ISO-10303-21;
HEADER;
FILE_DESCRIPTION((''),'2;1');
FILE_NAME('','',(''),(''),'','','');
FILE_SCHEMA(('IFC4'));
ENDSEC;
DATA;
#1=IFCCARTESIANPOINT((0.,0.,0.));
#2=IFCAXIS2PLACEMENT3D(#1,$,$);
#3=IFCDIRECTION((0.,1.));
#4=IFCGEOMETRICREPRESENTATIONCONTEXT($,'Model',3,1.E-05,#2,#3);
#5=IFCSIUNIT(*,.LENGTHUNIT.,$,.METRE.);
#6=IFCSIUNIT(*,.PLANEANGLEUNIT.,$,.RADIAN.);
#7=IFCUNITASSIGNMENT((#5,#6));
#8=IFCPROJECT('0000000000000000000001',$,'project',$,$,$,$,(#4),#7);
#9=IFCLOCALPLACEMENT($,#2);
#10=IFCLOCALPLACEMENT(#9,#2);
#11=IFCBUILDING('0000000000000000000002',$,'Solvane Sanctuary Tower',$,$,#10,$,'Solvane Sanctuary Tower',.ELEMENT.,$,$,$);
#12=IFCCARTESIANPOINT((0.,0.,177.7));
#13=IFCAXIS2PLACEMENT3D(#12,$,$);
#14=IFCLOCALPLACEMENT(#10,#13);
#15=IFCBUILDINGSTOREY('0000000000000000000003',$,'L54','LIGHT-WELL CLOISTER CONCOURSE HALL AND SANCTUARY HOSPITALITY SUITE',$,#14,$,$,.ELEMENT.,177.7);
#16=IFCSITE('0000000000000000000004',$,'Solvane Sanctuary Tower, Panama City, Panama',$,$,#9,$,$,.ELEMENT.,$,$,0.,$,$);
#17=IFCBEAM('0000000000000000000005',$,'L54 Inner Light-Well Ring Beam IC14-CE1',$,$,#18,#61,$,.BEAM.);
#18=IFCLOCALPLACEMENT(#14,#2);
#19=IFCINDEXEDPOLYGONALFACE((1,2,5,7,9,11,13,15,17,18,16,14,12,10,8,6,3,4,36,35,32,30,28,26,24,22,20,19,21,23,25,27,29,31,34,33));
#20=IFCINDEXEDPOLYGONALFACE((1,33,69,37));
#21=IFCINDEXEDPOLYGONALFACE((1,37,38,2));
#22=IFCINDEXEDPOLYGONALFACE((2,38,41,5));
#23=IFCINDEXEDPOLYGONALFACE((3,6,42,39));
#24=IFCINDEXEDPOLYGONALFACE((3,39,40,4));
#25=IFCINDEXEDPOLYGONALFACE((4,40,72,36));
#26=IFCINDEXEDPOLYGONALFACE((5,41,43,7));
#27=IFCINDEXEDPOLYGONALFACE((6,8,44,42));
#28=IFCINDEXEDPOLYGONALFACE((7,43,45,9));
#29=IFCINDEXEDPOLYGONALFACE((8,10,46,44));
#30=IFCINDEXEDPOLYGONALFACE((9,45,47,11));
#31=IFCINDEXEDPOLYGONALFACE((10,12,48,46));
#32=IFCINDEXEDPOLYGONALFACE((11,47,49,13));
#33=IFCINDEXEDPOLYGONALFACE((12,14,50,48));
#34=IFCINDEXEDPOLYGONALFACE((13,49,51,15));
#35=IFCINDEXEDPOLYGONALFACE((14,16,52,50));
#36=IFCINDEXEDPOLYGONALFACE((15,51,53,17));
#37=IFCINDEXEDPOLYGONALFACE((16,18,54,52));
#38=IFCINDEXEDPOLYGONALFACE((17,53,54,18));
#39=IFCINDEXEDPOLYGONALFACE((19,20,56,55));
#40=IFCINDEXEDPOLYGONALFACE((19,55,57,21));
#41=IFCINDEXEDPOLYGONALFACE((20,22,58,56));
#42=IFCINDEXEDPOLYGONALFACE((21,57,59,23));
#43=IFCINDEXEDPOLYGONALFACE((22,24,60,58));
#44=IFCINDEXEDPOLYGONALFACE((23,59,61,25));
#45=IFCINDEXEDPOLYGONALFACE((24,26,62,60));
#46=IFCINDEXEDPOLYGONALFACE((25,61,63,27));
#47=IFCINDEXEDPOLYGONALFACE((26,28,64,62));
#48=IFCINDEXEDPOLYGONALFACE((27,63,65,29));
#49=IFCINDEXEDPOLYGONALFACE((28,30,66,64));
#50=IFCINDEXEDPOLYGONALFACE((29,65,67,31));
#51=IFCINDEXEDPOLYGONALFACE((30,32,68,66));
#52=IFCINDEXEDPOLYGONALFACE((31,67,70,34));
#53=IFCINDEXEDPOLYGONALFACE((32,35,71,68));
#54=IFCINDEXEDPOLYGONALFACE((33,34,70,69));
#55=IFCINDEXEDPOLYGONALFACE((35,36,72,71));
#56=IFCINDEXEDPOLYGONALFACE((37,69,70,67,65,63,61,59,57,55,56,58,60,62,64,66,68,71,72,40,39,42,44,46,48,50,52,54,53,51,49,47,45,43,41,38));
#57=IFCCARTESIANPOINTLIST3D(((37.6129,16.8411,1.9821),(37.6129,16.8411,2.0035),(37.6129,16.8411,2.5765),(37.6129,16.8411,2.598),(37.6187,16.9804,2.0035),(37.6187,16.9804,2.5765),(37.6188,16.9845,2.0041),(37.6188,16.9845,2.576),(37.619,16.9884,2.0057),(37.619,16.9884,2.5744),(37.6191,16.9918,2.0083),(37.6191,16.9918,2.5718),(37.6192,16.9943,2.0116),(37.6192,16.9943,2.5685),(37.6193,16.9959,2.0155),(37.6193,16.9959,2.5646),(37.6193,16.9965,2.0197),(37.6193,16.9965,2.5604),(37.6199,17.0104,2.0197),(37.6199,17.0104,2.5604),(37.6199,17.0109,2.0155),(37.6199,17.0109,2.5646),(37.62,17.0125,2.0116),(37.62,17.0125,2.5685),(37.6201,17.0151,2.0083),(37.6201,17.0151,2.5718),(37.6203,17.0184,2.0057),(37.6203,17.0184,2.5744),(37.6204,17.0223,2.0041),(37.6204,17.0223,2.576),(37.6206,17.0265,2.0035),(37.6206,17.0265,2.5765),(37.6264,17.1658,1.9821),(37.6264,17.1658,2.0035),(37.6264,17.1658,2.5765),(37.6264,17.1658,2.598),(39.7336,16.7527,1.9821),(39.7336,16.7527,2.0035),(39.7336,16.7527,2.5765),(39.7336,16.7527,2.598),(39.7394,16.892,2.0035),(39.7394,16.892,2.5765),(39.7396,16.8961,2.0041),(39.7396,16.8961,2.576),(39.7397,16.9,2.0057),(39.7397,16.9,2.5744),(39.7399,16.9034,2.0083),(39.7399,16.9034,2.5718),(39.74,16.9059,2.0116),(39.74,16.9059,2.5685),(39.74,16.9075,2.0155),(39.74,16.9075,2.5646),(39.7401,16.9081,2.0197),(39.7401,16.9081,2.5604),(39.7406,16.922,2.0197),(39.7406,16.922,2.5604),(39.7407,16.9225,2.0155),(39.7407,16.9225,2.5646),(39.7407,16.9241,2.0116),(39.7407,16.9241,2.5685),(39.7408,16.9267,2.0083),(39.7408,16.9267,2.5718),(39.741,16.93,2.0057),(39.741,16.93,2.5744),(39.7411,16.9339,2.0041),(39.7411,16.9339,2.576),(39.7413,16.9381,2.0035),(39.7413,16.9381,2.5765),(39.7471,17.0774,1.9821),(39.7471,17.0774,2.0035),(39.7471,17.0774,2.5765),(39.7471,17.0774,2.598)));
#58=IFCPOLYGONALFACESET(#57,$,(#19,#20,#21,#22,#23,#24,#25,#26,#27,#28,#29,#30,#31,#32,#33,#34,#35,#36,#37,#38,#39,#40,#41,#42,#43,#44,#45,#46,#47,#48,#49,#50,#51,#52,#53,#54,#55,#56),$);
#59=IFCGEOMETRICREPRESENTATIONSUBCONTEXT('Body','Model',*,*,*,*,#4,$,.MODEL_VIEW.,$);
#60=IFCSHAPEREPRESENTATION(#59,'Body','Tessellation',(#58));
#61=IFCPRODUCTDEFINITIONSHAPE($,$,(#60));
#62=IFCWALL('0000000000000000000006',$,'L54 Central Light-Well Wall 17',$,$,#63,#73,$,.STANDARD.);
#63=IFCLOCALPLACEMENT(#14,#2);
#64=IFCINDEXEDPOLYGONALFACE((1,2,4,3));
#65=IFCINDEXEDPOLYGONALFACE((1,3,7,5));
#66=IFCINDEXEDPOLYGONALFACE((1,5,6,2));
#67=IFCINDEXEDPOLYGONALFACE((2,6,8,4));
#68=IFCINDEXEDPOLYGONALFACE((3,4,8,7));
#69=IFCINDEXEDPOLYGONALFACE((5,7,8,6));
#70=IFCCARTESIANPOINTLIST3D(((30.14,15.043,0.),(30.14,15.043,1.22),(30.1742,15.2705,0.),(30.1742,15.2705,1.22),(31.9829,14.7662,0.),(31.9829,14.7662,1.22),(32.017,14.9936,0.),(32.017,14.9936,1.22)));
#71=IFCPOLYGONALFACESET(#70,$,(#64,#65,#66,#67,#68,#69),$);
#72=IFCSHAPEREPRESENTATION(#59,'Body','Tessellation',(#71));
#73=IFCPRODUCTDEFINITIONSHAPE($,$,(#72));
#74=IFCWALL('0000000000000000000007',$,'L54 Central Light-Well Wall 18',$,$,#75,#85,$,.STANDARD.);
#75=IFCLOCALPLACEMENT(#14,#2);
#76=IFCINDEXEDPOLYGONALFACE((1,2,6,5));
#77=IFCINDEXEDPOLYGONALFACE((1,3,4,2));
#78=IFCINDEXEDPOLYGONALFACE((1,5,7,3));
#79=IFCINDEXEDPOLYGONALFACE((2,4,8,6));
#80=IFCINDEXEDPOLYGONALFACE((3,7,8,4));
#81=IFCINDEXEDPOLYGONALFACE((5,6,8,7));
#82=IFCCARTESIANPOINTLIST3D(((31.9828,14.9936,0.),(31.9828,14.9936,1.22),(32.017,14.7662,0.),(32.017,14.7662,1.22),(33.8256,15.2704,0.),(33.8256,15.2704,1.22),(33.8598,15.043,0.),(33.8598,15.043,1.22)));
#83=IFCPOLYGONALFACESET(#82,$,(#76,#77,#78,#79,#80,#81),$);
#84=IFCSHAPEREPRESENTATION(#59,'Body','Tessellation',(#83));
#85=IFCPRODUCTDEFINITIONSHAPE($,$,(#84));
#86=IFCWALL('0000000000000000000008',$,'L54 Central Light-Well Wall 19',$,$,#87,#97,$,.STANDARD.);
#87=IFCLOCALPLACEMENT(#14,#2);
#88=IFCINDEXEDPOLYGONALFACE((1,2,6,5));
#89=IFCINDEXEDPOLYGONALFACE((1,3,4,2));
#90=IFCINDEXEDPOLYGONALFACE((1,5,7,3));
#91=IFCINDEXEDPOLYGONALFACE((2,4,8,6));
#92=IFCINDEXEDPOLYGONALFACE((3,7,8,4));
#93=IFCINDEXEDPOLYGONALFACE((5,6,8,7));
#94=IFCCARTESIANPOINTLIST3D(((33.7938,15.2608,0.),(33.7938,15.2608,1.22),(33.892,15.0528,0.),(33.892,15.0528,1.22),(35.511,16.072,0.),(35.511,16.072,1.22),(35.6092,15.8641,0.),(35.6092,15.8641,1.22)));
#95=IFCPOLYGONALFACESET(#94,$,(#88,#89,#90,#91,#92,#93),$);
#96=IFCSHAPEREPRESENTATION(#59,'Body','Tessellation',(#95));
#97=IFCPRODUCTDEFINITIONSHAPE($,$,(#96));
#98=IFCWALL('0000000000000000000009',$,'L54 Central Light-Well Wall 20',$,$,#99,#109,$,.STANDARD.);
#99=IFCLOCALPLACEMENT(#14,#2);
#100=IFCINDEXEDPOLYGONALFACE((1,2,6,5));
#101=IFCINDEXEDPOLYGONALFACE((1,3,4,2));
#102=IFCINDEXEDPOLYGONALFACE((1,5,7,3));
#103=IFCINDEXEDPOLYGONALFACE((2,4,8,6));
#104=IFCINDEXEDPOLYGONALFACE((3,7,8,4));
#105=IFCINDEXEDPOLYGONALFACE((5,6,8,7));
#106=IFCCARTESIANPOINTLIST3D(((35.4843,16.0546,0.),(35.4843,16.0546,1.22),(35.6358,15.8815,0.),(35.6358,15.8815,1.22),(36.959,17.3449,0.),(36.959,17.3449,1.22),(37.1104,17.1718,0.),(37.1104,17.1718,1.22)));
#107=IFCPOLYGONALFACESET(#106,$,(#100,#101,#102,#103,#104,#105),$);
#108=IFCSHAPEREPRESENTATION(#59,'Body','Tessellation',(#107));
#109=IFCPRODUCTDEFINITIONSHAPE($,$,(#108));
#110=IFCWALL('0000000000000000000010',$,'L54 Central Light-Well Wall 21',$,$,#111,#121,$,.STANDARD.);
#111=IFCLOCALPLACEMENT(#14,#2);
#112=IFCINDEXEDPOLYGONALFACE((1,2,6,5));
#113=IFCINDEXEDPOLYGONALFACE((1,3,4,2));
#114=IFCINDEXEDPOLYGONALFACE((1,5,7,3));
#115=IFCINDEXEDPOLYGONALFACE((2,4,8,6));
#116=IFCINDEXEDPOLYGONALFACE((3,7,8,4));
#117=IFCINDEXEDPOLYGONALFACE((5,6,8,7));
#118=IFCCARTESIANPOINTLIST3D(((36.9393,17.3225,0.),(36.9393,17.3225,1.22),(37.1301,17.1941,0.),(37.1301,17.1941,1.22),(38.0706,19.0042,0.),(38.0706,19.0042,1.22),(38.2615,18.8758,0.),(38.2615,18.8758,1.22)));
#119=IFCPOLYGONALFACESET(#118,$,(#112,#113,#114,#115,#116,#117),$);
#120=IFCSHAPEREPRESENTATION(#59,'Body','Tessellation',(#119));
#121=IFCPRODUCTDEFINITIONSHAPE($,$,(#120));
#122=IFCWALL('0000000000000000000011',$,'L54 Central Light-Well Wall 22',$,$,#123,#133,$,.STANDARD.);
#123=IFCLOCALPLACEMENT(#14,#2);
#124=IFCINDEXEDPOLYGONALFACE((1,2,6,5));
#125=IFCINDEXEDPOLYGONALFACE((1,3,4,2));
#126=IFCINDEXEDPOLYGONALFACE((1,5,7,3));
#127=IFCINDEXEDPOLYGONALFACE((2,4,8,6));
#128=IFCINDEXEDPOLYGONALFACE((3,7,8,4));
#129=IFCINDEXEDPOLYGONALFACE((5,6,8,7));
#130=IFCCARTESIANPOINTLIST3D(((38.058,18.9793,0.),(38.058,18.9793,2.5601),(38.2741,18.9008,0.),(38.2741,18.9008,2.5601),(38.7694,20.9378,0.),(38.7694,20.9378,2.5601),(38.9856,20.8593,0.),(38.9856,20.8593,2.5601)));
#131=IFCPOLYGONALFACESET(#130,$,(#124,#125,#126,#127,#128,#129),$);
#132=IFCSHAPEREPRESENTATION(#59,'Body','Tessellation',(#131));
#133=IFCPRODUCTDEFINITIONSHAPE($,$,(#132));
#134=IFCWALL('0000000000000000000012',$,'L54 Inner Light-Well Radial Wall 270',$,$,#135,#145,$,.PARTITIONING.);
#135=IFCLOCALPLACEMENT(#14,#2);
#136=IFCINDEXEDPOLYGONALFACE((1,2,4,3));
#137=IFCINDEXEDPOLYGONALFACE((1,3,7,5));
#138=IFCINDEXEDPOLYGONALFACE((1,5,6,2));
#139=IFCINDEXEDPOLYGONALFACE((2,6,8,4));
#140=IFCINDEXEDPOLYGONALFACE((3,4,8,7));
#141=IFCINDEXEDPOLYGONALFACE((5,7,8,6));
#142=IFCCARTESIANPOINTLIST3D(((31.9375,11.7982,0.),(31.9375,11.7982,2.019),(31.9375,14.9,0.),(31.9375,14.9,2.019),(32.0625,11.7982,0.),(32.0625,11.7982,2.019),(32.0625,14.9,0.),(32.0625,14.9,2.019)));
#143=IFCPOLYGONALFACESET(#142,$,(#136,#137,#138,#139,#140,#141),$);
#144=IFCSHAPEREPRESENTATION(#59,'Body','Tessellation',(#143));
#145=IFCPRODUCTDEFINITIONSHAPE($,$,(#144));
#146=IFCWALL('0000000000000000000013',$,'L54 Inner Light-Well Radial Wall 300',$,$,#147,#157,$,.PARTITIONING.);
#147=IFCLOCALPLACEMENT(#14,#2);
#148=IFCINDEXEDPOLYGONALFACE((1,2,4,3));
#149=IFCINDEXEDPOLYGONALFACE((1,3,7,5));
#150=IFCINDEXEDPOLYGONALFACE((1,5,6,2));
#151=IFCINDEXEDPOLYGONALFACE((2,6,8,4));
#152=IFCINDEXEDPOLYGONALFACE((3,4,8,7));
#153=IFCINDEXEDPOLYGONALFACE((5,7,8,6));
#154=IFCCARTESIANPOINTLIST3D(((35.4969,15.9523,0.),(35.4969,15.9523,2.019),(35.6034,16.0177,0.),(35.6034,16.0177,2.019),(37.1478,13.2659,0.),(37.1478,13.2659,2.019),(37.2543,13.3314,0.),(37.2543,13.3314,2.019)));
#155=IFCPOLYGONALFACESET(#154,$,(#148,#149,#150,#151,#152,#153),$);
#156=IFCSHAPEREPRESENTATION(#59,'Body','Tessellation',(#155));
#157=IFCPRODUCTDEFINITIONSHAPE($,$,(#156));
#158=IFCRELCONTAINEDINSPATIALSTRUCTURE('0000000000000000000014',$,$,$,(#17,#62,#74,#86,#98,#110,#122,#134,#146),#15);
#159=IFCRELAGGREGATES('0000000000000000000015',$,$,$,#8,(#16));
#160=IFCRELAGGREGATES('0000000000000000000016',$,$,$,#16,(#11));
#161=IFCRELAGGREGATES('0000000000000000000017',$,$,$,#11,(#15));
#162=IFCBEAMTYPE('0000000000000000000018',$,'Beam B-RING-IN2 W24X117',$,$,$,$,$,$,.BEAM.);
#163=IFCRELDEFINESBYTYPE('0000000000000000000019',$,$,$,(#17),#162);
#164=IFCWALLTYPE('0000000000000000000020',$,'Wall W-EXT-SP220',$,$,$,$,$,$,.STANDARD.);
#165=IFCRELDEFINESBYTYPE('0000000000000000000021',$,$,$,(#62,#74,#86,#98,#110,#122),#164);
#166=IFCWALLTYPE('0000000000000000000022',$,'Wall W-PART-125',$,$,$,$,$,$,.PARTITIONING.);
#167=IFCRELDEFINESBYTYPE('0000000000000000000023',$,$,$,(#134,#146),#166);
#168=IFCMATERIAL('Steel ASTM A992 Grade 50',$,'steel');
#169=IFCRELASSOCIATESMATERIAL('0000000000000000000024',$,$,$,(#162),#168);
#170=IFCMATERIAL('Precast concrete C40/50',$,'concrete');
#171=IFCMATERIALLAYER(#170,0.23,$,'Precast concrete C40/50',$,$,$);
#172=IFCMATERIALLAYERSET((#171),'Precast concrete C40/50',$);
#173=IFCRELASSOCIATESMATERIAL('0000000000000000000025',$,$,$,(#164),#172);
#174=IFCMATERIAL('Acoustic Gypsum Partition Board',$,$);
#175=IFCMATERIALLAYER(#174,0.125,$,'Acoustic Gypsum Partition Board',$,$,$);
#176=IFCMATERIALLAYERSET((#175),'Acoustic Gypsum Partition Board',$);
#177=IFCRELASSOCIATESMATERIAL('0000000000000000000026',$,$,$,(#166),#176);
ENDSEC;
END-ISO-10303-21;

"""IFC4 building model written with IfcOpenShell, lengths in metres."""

from ifc_helpers import new_model, si_unit, direction, frame, frame_2d, origin, origin_2d, place, context, subcontext, project, spatial, rectangle, i_section, extrude, material, layer, layer_set, material_profile, profile_set, type_object, element, save


model = new_model("IFC4")

# Units and contexts
model_context = context("Model", 3, precision=1e-05, world=origin(), true_north=direction((0.0, 1.0)))
body_context = subcontext(model_context, "Body", "Model", "MODEL_VIEW")
ifc_project = project(units=[si_unit("LENGTHUNIT", "METRE"), si_unit("PLANEANGLEUNIT", "RADIAN")], contexts=[model_context])

# Site, building, storey
site_placement = place(None, origin())
site = spatial("IfcSite", under=ifc_project, at=site_placement, Name="Solvane Sanctuary Tower, Panama City, Panama", CompositionType="ELEMENT", RefElevation=0.0)
building_placement = place(site_placement, origin())
building = spatial("IfcBuilding", under=site, at=building_placement, Name="Solvane Sanctuary Tower", LongName="Solvane Sanctuary Tower", CompositionType="ELEMENT")
storey_placement = place(building_placement, frame((0.0, 0.0, 177.7)))
storey = spatial("IfcBuildingStorey", under=building, at=storey_placement, Name="L54", Description="LIGHT-WELL CLOISTER CONCOURSE HALL AND SANCTUARY HOSPITALITY SUITE", CompositionType="ELEMENT", Elevation=177.7)

# Beam
ifc_material_1 = material(Name="Steel ASTM A992 Grade 50", Category="steel")
ifc_material_profile_1 = material_profile(ifc_material_1, i_section(OverallWidth=0.325, OverallDepth=0.616, WebThickness=0.0139, FlangeThickness=0.0215, FilletRadius=0.0161, at=origin_2d()), Name="W24X117")
ifc_profile_set_1 = profile_set([ifc_material_profile_1], Name="Steel ASTM A992 Grade 50")
beam_type_1 = type_object("IfcBeamType", Name="Beam B-RING-IN2 W24X117", PredefinedType="BEAM", material=ifc_profile_set_1)
beam_1_placement = place(storey_placement, frame((37.6196, 17.0034, 2.29), z_axis=(0.999133, -0.04164, 0.0), x_axis=(0.04164, 0.999133, 0.0)))
element("IfcBeam", 1, at=beam_1_placement, inside=storey, type_object=beam_type_1, Name="L54 Inner Light-Well Ring Beam IC14-CE1", PredefinedType="BEAM", context=body_context, shape_type="SweptSolid", body=[
    extrude(i_section(OverallWidth=0.325, OverallDepth=0.616, WebThickness=0.0139, FlangeThickness=0.0215, FilletRadius=0.0161, at=origin_2d()), origin(), (0.0, 0.0, 1.0), 2.1226),
])

# Walls
ifc_material_2 = material(Name="Precast concrete C40/50", Category="concrete")
ifc_layer_1 = layer(ifc_material_2, 0.23, Name="Precast concrete C40/50")
ifc_layer_set_1 = layer_set([ifc_layer_1], Name="Precast concrete C40/50")
wall_type_1 = type_object("IfcWallType", Name="Wall W-EXT-SP220", PredefinedType="STANDARD", material=ifc_layer_set_1)
for number, where, z_axis, x_axis, name in (
    (2, (30.1572, 15.1567, 0.0), (0.0, 0.0, 1.0), (0.988902, -0.148571, 0.0), "L54 Central Light-Well Wall 17"),
    (3, (32.0, 14.8799, 0.0), (0.0, 0.0, 1.0), (0.988902, 0.148571, 0.0), "L54 Central Light-Well Wall 18"),
):
    element("IfcWall", number, at=place(storey_placement, frame(where, z_axis=z_axis, x_axis=x_axis)), inside=storey, type_object=wall_type_1, Name=name, PredefinedType="STANDARD", context=body_context, shape_type="SweptSolid", body=[
        extrude(rectangle(XDim=1.8635, YDim=0.23, at=frame_2d((0.9316, 0.0))), origin(), (0.0, 0.0, 1.0), 1.22),
    ])
wall_1_placement = place(storey_placement, frame((33.8428, 15.1567, 0.0), z_axis=(0.0, 0.0, 1.0), x_axis=(0.90418, 0.427152, 0.0)))
element("IfcWall", 4, at=wall_1_placement, inside=storey, type_object=wall_type_1, Name="L54 Central Light-Well Wall 19", PredefinedType="STANDARD", context=body_context, shape_type="SweptSolid", body=[
    extrude(rectangle(XDim=1.8992, YDim=0.23, at=frame_2d((0.9497, 0.0))), origin(), (0.0, 0.0, 1.0), 1.22),
])
wall_2_placement = place(storey_placement, frame((35.5601, 15.968, 0.0), z_axis=(0.0, 0.0, 1.0), x_axis=(0.752577, 0.658505, 0.0)))
element("IfcWall", 5, at=wall_2_placement, inside=storey, type_object=wall_type_1, Name="L54 Central Light-Well Wall 20", PredefinedType="STANDARD", context=body_context, shape_type="SweptSolid", body=[
    extrude(rectangle(XDim=1.9595, YDim=0.23, at=frame_2d((0.9797, 0.0))), origin(), (0.0, 0.0, 1.0), 1.22),
])
wall_3_placement = place(storey_placement, frame((37.0347, 17.2583, 0.0), z_axis=(0.0, 0.0, 1.0), x_axis=(0.558198, 0.829708, 0.0)))
element("IfcWall", 6, at=wall_3_placement, inside=storey, type_object=wall_type_1, Name="L54 Central Light-Well Wall 21", PredefinedType="STANDARD", context=body_context, shape_type="SweptSolid", body=[
    extrude(rectangle(XDim=2.0269, YDim=0.23, at=frame_2d((1.0134, 0.0))), origin(), (0.0, 0.0, 1.0), 1.22),
])
wall_4_placement = place(storey_placement, frame((38.166, 18.9399, 0.0), z_axis=(0.0, 0.0, 1.0), x_axis=(0.341423, 0.93991, 0.0)))
element("IfcWall", 7, at=wall_4_placement, inside=storey, type_object=wall_type_1, Name="L54 Central Light-Well Wall 22", PredefinedType="STANDARD", context=body_context, shape_type="SweptSolid", body=[
    extrude(rectangle(XDim=2.0837, YDim=0.23, at=frame_2d((1.042, 0.0))), origin(), (0.0, 0.0, 1.0), 2.5601),
])
ifc_material_3 = material(Name="Acoustic Gypsum Partition Board")
ifc_layer_2 = layer(ifc_material_3, 0.125, Name="Acoustic Gypsum Partition Board")
ifc_layer_set_2 = layer_set([ifc_layer_2], Name="Acoustic Gypsum Partition Board")
wall_type_2 = type_object("IfcWallType", Name="Wall W-PART-125", PredefinedType="PARTITIONING", material=ifc_layer_set_2)
wall_5_placement = place(storey_placement, frame((32.0, 14.8999, 0.0), z_axis=(0.0, 0.0, 1.0), x_axis=(0.0, -1.0, 0.0)))
element("IfcWall", 8, at=wall_5_placement, inside=storey, type_object=wall_type_2, Name="L54 Inner Light-Well Radial Wall 270", PredefinedType="PARTITIONING", context=body_context, shape_type="SweptSolid", body=[
    extrude(rectangle(XDim=3.1018, YDim=0.125, at=frame_2d((1.5508, 0.0))), origin(), (0.0, 0.0, 1.0), 2.019),
])
wall_6_placement = place(storey_placement, frame((35.55, 15.9851, 0.0), z_axis=(0.0, 0.0, 1.0), x_axis=(0.523588, -0.851972, 0.0)))
element("IfcWall", 9, at=wall_6_placement, inside=storey, type_object=wall_type_2, Name="L54 Inner Light-Well Radial Wall 300", PredefinedType="PARTITIONING", context=body_context, shape_type="SweptSolid", body=[
    extrude(rectangle(XDim=3.1531, YDim=0.125, at=frame_2d((1.5767, 0.0))), origin(), (0.0, 0.0, 1.0), 2.019),
])

save(model, "model.ifc")
